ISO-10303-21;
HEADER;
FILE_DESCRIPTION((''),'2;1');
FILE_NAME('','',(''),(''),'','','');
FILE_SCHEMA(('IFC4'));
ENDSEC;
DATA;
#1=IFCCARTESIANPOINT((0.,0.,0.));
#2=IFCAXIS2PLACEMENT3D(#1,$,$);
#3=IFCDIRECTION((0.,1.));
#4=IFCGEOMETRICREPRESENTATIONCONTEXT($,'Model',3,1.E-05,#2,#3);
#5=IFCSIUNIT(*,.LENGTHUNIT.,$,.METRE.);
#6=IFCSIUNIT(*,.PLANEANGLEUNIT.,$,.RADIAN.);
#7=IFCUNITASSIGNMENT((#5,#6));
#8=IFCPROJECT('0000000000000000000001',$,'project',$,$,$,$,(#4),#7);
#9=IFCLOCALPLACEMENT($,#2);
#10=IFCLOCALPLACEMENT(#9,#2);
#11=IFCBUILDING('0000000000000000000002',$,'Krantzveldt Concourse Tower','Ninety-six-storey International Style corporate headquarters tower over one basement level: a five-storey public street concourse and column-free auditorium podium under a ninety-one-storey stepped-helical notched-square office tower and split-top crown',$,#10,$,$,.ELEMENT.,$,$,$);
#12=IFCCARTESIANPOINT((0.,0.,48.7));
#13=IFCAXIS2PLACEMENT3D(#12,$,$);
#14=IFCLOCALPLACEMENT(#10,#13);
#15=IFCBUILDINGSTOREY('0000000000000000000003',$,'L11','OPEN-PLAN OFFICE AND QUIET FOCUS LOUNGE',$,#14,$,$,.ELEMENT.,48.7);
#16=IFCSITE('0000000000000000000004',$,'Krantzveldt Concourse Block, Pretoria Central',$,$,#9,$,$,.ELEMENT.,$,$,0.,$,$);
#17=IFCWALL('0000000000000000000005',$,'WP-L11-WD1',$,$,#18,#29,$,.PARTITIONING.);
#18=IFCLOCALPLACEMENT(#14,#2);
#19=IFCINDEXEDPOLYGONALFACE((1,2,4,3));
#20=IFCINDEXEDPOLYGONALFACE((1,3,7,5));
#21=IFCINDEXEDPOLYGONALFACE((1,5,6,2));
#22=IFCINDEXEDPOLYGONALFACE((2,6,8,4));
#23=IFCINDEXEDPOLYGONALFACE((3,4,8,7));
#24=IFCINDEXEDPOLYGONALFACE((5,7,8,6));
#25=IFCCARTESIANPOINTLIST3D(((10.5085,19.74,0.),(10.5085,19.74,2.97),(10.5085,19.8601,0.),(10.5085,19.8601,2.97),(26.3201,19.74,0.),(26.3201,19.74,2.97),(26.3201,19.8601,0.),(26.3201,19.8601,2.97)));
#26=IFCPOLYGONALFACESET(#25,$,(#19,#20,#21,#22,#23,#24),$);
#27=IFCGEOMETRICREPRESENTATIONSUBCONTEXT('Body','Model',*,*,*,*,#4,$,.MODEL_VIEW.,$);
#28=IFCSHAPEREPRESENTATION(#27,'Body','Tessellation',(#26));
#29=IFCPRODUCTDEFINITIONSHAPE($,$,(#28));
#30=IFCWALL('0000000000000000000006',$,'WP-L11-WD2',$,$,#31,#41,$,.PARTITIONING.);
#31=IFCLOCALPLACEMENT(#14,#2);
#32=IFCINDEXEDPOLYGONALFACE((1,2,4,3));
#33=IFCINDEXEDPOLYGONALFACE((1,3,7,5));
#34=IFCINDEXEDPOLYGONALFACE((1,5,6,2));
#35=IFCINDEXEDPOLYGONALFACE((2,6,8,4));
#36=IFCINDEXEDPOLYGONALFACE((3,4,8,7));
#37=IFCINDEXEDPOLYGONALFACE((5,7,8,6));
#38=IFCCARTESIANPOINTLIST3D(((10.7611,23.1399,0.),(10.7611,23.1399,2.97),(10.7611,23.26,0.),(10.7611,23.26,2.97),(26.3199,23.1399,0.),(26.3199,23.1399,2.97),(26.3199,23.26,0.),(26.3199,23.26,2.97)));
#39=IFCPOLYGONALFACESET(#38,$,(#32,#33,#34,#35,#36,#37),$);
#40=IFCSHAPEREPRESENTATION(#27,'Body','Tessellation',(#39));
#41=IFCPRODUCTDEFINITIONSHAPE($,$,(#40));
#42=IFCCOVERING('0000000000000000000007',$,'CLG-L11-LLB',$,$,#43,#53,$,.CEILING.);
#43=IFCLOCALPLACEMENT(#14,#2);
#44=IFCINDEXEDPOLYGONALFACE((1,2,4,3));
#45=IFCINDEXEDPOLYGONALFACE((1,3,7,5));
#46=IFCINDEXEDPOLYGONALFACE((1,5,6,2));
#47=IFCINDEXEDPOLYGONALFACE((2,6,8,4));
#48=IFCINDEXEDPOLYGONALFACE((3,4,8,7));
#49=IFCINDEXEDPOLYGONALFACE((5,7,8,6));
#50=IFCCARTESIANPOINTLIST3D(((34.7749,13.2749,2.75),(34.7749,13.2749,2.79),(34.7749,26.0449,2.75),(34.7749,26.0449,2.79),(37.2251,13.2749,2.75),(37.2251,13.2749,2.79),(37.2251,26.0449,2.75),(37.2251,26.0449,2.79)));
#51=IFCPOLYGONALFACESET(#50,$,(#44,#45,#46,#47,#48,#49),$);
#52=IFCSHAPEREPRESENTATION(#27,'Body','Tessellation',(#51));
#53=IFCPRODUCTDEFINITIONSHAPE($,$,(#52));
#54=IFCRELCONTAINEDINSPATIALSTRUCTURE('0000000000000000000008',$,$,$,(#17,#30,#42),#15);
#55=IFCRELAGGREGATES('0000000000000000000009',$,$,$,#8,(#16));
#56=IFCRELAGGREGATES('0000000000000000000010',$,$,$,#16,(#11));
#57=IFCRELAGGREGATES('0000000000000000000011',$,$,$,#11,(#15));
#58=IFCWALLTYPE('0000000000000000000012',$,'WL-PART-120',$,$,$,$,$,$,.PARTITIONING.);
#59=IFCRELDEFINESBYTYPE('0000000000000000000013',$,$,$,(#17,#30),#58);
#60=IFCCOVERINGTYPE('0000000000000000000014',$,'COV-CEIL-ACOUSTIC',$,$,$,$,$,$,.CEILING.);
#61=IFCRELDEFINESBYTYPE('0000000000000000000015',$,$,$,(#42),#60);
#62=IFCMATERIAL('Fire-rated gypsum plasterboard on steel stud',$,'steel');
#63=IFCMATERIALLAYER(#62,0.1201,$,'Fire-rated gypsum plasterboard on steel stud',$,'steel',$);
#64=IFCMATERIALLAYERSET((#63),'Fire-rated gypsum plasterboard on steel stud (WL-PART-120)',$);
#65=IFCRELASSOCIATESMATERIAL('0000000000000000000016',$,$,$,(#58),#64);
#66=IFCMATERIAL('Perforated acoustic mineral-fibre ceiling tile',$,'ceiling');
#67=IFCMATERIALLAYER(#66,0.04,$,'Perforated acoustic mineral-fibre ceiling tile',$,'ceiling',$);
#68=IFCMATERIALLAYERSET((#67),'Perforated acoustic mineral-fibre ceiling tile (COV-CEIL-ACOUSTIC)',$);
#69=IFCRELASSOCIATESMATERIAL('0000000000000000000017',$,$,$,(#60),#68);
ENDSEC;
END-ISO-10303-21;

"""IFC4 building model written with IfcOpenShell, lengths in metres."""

from ifc_helpers import new_model, si_unit, direction, frame, frame_2d, origin, place, context, subcontext, project, spatial, polyline, rectangle, outline, extrude, material, layer, layer_set, type_object, element, save


model = new_model("IFC4")

# Units and contexts
model_context = context("Model", 3, precision=1e-05, world=origin(), true_north=direction((0.0, 1.0)))
body_context = subcontext(model_context, "Body", "Model", "MODEL_VIEW")
ifc_project = project(units=[si_unit("LENGTHUNIT", "METRE"), si_unit("PLANEANGLEUNIT", "RADIAN")], contexts=[model_context])

# Site, building, storey
site_placement = place(None, origin())
site = spatial("IfcSite", under=ifc_project, at=site_placement, Name="Krantzveldt Concourse Block, Pretoria Central", CompositionType="ELEMENT", RefElevation=0.0)
building_placement = place(site_placement, origin())
building = spatial("IfcBuilding", under=site, at=building_placement, Name="Krantzveldt Concourse Tower", Description="Ninety-six-storey International Style corporate headquarters tower over one basement level: a five-storey public street concourse and column-free auditorium podium under a ninety-one-storey stepped-helical notched-square office tower and split-top crown", CompositionType="ELEMENT")
storey_placement = place(building_placement, frame((0.0, 0.0, 48.7)))
storey = spatial("IfcBuildingStorey", under=building, at=storey_placement, Name="L11", Description="OPEN-PLAN OFFICE AND QUIET FOCUS LOUNGE", CompositionType="ELEMENT", Elevation=48.7)

# Walls
ifc_material_1 = material(Name="Fire-rated gypsum plasterboard on steel stud", Category="steel")
ifc_layer_1 = layer(ifc_material_1, 0.1201, Name="Fire-rated gypsum plasterboard on steel stud", Category="steel")
ifc_layer_set_1 = layer_set([ifc_layer_1], Name="Fire-rated gypsum plasterboard on steel stud (WL-PART-120)")
wall_type_1 = type_object("IfcWallType", Name="WL-PART-120", PredefinedType="PARTITIONING", material=ifc_layer_set_1)
wall_1_placement = place(storey_placement, frame((10.5085, 19.8, 0.0), z_axis=(0.0, 0.0, 1.0), x_axis=(1.0, 0.0, 0.0)))
element("IfcWall", 1, at=wall_1_placement, inside=storey, type_object=wall_type_1, Name="WP-L11-WD1", PredefinedType="PARTITIONING", context=body_context, shape_type="SweptSolid", body=[
    extrude(rectangle(XDim=15.8115, YDim=0.1201, at=frame_2d((7.9058, 0.0))), origin(), (0.0, 0.0, 1.0), 2.97),
])
wall_2_placement = place(storey_placement, frame((10.7612, 23.2, 0.0), z_axis=(0.0, 0.0, 1.0), x_axis=(1.0, 0.0, 0.0)))
element("IfcWall", 2, at=wall_2_placement, inside=storey, type_object=wall_type_1, Name="WP-L11-WD2", PredefinedType="PARTITIONING", context=body_context, shape_type="SweptSolid", body=[
    extrude(rectangle(XDim=15.5588, YDim=0.1201, at=frame_2d((7.7793, 0.0))), origin(), (0.0, 0.0, 1.0), 2.97),
])

# Covering
ifc_material_2 = material(Name="Perforated acoustic mineral-fibre ceiling tile", Category="ceiling")
ifc_layer_2 = layer(ifc_material_2, 0.04, Name="Perforated acoustic mineral-fibre ceiling tile", Category="ceiling")
ifc_layer_set_2 = layer_set([ifc_layer_2], Name="Perforated acoustic mineral-fibre ceiling tile (COV-CEIL-ACOUSTIC)")
covering_type = type_object("IfcCoveringType", Name="COV-CEIL-ACOUSTIC", PredefinedType="CEILING", material=ifc_layer_set_2)
covering_placement = place(storey_placement, frame((0.0, 0.0, 2.75)))
element("IfcCovering", 3, at=covering_placement, inside=storey, type_object=covering_type, Name="CLG-L11-LLB", PredefinedType="CEILING", context=body_context, shape_type="SweptSolid", body=[
    extrude(outline(polyline([(37.2251, 13.2749), (34.7749, 13.2749), (34.7749, 26.0449), (37.2251, 26.0449), (37.2251, 13.2749)])), origin(), (0.0, 0.0, 1.0), 0.04),
])

save(model, "model.ifc")
